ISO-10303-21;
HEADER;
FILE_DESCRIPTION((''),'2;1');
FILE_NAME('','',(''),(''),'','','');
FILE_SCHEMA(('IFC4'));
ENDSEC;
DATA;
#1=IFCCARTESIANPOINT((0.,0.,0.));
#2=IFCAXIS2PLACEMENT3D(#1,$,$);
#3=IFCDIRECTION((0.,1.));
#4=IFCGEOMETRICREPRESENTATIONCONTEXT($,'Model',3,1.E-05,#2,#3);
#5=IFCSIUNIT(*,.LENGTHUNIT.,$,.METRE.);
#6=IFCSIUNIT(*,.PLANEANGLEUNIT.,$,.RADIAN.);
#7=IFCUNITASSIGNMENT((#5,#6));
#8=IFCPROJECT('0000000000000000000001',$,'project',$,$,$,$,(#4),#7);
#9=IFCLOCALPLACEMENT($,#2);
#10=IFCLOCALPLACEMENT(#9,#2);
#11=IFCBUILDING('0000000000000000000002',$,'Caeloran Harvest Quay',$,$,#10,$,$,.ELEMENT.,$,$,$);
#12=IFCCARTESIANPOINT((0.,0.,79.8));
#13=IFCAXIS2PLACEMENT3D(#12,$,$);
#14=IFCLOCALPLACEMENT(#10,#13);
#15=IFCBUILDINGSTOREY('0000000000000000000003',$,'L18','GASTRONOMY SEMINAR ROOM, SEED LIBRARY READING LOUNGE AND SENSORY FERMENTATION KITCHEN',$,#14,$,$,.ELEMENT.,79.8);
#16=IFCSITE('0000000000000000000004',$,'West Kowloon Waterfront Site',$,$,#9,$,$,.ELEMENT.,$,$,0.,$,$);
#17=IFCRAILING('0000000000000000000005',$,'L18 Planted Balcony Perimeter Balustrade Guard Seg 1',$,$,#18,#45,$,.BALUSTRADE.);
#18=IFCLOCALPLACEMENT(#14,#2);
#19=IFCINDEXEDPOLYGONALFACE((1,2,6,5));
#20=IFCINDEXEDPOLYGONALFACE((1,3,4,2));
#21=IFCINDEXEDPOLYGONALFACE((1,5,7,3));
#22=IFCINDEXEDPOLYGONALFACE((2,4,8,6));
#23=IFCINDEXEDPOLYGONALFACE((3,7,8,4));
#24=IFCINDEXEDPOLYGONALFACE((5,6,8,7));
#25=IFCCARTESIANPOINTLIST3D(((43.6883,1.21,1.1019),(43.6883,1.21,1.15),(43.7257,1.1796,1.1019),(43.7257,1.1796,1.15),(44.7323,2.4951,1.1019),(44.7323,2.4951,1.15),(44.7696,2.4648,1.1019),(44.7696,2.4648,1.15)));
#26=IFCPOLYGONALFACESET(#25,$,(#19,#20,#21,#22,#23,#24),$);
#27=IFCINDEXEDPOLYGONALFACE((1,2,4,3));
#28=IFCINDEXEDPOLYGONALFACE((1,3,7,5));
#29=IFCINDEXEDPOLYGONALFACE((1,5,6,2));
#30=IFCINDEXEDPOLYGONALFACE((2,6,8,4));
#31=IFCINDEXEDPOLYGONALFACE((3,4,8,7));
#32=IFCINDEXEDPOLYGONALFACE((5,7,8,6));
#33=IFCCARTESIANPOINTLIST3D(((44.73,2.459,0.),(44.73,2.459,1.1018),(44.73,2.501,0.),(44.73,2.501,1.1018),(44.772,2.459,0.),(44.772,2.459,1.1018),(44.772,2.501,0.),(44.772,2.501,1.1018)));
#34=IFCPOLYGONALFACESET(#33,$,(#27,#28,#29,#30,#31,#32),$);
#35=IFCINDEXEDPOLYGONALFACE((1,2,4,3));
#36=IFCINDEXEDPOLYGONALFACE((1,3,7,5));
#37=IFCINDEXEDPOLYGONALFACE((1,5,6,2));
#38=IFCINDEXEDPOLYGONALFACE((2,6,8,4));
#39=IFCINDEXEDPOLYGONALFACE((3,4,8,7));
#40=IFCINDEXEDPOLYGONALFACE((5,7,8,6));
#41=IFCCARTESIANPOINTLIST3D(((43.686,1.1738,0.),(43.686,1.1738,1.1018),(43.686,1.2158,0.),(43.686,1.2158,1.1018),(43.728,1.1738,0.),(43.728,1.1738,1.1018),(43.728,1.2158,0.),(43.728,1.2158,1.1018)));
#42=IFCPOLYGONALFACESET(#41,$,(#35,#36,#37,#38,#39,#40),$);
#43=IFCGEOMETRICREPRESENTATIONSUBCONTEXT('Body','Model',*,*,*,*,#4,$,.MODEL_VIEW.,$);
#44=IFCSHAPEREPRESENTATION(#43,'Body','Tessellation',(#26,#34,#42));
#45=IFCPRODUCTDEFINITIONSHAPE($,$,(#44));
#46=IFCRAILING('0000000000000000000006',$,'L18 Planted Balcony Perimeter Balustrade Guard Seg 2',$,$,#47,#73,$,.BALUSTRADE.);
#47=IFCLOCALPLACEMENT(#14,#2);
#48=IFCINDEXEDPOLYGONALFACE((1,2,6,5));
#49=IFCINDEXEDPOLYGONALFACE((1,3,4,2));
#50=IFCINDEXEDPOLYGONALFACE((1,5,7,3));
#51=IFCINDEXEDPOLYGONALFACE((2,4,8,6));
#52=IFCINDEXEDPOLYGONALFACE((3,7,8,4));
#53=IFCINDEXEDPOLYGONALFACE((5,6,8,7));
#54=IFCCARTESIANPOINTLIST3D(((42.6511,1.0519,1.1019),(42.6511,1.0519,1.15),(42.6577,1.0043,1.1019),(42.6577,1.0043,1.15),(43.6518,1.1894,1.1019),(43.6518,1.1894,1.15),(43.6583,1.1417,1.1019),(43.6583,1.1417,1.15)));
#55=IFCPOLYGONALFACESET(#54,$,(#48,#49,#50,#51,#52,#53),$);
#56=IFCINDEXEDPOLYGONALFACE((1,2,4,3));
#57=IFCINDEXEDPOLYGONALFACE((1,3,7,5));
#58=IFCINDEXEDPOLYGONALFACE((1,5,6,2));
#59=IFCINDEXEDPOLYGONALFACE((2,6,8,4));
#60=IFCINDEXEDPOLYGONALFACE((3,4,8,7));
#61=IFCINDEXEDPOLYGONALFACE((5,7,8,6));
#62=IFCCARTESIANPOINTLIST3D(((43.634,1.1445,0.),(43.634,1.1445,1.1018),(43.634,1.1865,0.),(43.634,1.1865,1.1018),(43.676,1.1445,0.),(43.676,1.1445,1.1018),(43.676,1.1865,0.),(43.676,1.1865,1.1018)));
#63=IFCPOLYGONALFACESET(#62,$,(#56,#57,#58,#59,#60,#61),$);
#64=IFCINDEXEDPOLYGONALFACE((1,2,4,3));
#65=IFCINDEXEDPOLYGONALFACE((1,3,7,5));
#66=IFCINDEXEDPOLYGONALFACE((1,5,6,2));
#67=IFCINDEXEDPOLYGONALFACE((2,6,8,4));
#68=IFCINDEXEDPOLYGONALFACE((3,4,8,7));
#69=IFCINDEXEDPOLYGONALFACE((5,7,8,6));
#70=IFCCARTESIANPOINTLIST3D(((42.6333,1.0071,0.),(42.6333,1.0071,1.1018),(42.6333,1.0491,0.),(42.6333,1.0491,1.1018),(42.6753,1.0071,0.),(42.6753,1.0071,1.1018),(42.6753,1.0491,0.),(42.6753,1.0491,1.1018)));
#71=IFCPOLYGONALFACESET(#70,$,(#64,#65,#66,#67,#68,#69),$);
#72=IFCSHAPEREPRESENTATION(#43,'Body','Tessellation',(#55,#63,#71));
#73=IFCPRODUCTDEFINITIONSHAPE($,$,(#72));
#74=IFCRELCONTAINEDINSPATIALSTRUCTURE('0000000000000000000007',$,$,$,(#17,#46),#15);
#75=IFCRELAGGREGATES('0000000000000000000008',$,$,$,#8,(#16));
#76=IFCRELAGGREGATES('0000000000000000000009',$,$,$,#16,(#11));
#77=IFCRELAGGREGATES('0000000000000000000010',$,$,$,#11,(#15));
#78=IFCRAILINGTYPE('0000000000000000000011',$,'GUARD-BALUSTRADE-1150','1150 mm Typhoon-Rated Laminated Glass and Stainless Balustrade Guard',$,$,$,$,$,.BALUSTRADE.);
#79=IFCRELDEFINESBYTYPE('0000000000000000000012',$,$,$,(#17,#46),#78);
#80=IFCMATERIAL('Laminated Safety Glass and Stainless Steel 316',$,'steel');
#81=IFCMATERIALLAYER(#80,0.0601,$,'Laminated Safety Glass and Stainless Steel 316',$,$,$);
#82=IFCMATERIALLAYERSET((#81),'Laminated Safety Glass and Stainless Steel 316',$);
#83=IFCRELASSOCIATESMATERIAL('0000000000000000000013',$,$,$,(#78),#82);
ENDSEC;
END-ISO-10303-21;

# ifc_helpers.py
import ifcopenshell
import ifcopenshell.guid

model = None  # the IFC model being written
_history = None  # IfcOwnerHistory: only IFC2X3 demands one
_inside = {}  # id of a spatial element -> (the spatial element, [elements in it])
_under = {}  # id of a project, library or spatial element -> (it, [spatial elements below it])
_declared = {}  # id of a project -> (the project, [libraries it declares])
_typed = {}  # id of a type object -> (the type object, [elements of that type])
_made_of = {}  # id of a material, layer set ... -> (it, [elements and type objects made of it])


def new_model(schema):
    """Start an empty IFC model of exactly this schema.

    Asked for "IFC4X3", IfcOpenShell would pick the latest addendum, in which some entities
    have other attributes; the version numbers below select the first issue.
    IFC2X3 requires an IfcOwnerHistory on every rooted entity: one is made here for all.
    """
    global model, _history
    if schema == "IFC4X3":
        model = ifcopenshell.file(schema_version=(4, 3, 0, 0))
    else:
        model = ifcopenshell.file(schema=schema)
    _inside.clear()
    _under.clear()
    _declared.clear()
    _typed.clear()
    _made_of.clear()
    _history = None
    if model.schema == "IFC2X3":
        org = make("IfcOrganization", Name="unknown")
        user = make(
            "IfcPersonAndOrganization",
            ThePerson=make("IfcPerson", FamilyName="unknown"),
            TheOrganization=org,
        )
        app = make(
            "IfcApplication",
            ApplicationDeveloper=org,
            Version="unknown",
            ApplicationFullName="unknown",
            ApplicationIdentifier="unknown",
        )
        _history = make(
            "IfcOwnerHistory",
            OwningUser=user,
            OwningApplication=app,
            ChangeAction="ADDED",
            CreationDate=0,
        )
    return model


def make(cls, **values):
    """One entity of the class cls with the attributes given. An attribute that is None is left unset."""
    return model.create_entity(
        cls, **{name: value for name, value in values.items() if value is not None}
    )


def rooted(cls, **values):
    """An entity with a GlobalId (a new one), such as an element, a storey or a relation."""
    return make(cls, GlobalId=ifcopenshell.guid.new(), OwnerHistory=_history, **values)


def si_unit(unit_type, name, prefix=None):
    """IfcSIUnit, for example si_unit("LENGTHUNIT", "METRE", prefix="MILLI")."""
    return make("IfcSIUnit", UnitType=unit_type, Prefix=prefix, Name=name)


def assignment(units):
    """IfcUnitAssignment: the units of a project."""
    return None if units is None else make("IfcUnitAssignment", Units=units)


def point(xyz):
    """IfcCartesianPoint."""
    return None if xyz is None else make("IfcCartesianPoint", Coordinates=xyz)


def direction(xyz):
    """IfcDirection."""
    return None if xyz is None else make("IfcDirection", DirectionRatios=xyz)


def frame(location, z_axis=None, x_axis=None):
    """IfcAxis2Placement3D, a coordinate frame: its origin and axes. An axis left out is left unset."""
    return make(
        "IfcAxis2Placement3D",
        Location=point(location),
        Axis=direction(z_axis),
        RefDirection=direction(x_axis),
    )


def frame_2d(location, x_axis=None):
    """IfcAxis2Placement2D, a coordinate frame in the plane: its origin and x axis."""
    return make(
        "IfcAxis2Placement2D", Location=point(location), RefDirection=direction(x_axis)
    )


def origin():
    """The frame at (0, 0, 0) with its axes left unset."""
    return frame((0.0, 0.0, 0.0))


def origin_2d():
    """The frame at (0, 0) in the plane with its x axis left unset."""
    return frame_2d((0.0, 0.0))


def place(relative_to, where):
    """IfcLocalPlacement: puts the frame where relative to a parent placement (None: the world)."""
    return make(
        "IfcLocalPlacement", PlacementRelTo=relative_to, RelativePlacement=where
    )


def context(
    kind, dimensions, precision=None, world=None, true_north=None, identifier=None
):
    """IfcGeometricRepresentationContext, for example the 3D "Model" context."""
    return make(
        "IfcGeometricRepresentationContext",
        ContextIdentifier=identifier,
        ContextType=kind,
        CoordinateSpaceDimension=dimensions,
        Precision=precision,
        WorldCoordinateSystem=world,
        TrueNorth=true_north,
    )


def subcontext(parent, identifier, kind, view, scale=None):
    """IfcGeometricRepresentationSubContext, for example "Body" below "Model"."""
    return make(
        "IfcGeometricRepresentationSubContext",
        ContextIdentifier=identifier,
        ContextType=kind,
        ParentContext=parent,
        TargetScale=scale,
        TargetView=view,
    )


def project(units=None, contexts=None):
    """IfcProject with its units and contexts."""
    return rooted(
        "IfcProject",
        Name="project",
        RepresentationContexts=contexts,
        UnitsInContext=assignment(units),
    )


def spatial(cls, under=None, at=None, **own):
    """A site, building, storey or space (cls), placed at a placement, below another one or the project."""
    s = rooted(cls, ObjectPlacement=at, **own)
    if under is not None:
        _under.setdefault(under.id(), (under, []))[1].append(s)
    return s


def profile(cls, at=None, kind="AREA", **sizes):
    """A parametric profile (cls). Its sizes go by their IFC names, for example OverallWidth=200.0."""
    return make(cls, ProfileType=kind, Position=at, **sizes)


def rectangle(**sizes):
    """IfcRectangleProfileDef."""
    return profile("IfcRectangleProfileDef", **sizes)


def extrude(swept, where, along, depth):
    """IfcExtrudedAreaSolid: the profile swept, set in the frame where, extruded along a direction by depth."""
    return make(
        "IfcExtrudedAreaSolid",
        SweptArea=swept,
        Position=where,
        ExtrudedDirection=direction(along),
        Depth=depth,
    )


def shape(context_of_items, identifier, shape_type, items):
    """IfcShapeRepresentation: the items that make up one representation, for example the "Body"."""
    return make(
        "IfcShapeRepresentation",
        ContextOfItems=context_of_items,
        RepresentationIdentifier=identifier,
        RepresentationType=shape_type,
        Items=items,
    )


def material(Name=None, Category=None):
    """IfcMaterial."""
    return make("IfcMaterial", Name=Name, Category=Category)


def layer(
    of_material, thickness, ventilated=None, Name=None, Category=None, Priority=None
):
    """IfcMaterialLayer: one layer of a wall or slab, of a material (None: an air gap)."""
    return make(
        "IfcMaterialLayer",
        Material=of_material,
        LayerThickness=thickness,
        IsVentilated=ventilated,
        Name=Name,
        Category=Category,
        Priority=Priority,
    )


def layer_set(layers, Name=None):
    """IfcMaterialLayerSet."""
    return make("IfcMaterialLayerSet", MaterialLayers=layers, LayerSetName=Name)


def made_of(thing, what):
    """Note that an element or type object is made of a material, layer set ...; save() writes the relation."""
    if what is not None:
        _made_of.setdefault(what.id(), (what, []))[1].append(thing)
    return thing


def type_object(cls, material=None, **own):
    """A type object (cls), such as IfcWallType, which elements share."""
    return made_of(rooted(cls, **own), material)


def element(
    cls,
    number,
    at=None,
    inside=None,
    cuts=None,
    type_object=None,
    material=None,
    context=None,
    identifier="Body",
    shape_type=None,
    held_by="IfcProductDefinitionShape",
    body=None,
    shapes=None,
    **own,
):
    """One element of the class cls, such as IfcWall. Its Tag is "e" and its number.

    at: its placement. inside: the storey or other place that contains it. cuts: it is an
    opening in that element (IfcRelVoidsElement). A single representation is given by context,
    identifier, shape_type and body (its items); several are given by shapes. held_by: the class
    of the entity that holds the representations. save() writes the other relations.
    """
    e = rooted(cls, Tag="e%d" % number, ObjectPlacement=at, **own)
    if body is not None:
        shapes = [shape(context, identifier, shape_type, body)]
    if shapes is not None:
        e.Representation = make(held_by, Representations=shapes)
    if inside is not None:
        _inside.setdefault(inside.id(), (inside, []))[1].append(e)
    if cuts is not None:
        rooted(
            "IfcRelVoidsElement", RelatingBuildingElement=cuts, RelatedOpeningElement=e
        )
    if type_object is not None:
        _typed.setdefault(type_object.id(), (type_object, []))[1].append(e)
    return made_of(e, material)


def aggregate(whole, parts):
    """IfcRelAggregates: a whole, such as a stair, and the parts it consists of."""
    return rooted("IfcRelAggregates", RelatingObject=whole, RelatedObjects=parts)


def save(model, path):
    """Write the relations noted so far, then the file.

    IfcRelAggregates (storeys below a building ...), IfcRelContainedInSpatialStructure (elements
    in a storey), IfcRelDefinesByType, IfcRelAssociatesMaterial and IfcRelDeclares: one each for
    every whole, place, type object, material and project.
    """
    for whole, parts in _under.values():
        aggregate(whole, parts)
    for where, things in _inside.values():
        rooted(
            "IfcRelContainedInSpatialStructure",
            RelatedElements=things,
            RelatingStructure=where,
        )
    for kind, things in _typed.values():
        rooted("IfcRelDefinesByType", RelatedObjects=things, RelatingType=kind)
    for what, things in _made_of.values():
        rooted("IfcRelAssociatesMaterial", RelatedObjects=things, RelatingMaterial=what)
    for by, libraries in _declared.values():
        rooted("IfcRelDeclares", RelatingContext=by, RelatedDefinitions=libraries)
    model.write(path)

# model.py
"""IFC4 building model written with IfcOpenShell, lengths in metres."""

from ifc_helpers import new_model, si_unit, direction, frame, origin, origin_2d, place, context, subcontext, project, spatial, rectangle, extrude, material, layer, layer_set, type_object, element, save


model = new_model("IFC4")

# Units and contexts
model_context = context("Model", 3, precision=1e-05, world=origin(), true_north=direction((0.0, 1.0)))
body_context = subcontext(model_context, "Body", "Model", "MODEL_VIEW")
ifc_project = project(units=[si_unit("LENGTHUNIT", "METRE"), si_unit("PLANEANGLEUNIT", "RADIAN")], contexts=[model_context])

# Site, building, storey
site_placement = place(None, origin())
site = spatial("IfcSite", under=ifc_project, at=site_placement, Name="West Kowloon Waterfront Site", CompositionType="ELEMENT", RefElevation=0.0)
building_placement = place(site_placement, origin())
building = spatial("IfcBuilding", under=site, at=building_placement, Name="Caeloran Harvest Quay", CompositionType="ELEMENT")
storey_placement = place(building_placement, frame((0.0, 0.0, 79.8)))
storey = spatial("IfcBuildingStorey", under=building, at=storey_placement, Name="L18", Description="GASTRONOMY SEMINAR ROOM, SEED LIBRARY READING LOUNGE AND SENSORY FERMENTATION KITCHEN", CompositionType="ELEMENT", Elevation=79.8)

# Railings
ifc_material_1 = material(Name="Laminated Safety Glass and Stainless Steel 316", Category="steel")
ifc_layer_1 = layer(ifc_material_1, 0.0601, Name="Laminated Safety Glass and Stainless Steel 316")
ifc_layer_set_1 = layer_set([ifc_layer_1], Name="Laminated Safety Glass and Stainless Steel 316")
railing_type = type_object("IfcRailingType", Name="GUARD-BALUSTRADE-1150", Description="1150 mm Typhoon-Rated Laminated Glass and Stainless Balustrade Guard", PredefinedType="BALUSTRADE", material=ifc_layer_set_1)
railing_1_placement = place(storey_placement, frame((44.751, 2.48, 0.0)))
element("IfcRailing", 1, at=railing_1_placement, inside=storey, type_object=railing_type, Name="L18 Planted Balcony Perimeter Balustrade Guard Seg 1", PredefinedType="BALUSTRADE", context=body_context, shape_type="SweptSolid", body=[
    extrude(rectangle(XDim=0.0481, YDim=0.0481, at=origin_2d()), frame((0.0, 0.0, 1.126), z_axis=(-0.630504, -0.776186, 0.0), x_axis=(0.776186, -0.630504, 0.0)), (0.0, 0.0, 1.0), 1.6558),
    extrude(rectangle(XDim=0.042, YDim=0.042, at=origin_2d()), origin(), (0.0, 0.0, 1.0), 1.1018),
    extrude(rectangle(XDim=0.042, YDim=0.042, at=origin_2d()), frame((-1.0439, -1.2852, 0.0)), (0.0, 0.0, 1.0), 1.1018),
])
railing_2_placement = place(storey_placement, frame((43.655, 1.1655, 0.0)))
element("IfcRailing", 2, at=railing_2_placement, inside=storey, type_object=railing_type, Name="L18 Planted Balcony Perimeter Balustrade Guard Seg 2", PredefinedType="BALUSTRADE", context=body_context, shape_type="SweptSolid", body=[
    extrude(rectangle(XDim=0.0481, YDim=0.0481, at=origin_2d()), frame((0.0, 0.0, 1.126), z_axis=(-0.990699, -0.136073, 0.0), x_axis=(0.136073, -0.990699, 0.0)), (0.0, 0.0, 1.0), 1.01),
    extrude(rectangle(XDim=0.042, YDim=0.042, at=origin_2d()), origin(), (0.0, 0.0, 1.0), 1.1018),
    extrude(rectangle(XDim=0.042, YDim=0.042, at=origin_2d()), frame((-1.0007, -0.1375, 0.0)), (0.0, 0.0, 1.0), 1.1018),
])

save(model, "model.ifc")
